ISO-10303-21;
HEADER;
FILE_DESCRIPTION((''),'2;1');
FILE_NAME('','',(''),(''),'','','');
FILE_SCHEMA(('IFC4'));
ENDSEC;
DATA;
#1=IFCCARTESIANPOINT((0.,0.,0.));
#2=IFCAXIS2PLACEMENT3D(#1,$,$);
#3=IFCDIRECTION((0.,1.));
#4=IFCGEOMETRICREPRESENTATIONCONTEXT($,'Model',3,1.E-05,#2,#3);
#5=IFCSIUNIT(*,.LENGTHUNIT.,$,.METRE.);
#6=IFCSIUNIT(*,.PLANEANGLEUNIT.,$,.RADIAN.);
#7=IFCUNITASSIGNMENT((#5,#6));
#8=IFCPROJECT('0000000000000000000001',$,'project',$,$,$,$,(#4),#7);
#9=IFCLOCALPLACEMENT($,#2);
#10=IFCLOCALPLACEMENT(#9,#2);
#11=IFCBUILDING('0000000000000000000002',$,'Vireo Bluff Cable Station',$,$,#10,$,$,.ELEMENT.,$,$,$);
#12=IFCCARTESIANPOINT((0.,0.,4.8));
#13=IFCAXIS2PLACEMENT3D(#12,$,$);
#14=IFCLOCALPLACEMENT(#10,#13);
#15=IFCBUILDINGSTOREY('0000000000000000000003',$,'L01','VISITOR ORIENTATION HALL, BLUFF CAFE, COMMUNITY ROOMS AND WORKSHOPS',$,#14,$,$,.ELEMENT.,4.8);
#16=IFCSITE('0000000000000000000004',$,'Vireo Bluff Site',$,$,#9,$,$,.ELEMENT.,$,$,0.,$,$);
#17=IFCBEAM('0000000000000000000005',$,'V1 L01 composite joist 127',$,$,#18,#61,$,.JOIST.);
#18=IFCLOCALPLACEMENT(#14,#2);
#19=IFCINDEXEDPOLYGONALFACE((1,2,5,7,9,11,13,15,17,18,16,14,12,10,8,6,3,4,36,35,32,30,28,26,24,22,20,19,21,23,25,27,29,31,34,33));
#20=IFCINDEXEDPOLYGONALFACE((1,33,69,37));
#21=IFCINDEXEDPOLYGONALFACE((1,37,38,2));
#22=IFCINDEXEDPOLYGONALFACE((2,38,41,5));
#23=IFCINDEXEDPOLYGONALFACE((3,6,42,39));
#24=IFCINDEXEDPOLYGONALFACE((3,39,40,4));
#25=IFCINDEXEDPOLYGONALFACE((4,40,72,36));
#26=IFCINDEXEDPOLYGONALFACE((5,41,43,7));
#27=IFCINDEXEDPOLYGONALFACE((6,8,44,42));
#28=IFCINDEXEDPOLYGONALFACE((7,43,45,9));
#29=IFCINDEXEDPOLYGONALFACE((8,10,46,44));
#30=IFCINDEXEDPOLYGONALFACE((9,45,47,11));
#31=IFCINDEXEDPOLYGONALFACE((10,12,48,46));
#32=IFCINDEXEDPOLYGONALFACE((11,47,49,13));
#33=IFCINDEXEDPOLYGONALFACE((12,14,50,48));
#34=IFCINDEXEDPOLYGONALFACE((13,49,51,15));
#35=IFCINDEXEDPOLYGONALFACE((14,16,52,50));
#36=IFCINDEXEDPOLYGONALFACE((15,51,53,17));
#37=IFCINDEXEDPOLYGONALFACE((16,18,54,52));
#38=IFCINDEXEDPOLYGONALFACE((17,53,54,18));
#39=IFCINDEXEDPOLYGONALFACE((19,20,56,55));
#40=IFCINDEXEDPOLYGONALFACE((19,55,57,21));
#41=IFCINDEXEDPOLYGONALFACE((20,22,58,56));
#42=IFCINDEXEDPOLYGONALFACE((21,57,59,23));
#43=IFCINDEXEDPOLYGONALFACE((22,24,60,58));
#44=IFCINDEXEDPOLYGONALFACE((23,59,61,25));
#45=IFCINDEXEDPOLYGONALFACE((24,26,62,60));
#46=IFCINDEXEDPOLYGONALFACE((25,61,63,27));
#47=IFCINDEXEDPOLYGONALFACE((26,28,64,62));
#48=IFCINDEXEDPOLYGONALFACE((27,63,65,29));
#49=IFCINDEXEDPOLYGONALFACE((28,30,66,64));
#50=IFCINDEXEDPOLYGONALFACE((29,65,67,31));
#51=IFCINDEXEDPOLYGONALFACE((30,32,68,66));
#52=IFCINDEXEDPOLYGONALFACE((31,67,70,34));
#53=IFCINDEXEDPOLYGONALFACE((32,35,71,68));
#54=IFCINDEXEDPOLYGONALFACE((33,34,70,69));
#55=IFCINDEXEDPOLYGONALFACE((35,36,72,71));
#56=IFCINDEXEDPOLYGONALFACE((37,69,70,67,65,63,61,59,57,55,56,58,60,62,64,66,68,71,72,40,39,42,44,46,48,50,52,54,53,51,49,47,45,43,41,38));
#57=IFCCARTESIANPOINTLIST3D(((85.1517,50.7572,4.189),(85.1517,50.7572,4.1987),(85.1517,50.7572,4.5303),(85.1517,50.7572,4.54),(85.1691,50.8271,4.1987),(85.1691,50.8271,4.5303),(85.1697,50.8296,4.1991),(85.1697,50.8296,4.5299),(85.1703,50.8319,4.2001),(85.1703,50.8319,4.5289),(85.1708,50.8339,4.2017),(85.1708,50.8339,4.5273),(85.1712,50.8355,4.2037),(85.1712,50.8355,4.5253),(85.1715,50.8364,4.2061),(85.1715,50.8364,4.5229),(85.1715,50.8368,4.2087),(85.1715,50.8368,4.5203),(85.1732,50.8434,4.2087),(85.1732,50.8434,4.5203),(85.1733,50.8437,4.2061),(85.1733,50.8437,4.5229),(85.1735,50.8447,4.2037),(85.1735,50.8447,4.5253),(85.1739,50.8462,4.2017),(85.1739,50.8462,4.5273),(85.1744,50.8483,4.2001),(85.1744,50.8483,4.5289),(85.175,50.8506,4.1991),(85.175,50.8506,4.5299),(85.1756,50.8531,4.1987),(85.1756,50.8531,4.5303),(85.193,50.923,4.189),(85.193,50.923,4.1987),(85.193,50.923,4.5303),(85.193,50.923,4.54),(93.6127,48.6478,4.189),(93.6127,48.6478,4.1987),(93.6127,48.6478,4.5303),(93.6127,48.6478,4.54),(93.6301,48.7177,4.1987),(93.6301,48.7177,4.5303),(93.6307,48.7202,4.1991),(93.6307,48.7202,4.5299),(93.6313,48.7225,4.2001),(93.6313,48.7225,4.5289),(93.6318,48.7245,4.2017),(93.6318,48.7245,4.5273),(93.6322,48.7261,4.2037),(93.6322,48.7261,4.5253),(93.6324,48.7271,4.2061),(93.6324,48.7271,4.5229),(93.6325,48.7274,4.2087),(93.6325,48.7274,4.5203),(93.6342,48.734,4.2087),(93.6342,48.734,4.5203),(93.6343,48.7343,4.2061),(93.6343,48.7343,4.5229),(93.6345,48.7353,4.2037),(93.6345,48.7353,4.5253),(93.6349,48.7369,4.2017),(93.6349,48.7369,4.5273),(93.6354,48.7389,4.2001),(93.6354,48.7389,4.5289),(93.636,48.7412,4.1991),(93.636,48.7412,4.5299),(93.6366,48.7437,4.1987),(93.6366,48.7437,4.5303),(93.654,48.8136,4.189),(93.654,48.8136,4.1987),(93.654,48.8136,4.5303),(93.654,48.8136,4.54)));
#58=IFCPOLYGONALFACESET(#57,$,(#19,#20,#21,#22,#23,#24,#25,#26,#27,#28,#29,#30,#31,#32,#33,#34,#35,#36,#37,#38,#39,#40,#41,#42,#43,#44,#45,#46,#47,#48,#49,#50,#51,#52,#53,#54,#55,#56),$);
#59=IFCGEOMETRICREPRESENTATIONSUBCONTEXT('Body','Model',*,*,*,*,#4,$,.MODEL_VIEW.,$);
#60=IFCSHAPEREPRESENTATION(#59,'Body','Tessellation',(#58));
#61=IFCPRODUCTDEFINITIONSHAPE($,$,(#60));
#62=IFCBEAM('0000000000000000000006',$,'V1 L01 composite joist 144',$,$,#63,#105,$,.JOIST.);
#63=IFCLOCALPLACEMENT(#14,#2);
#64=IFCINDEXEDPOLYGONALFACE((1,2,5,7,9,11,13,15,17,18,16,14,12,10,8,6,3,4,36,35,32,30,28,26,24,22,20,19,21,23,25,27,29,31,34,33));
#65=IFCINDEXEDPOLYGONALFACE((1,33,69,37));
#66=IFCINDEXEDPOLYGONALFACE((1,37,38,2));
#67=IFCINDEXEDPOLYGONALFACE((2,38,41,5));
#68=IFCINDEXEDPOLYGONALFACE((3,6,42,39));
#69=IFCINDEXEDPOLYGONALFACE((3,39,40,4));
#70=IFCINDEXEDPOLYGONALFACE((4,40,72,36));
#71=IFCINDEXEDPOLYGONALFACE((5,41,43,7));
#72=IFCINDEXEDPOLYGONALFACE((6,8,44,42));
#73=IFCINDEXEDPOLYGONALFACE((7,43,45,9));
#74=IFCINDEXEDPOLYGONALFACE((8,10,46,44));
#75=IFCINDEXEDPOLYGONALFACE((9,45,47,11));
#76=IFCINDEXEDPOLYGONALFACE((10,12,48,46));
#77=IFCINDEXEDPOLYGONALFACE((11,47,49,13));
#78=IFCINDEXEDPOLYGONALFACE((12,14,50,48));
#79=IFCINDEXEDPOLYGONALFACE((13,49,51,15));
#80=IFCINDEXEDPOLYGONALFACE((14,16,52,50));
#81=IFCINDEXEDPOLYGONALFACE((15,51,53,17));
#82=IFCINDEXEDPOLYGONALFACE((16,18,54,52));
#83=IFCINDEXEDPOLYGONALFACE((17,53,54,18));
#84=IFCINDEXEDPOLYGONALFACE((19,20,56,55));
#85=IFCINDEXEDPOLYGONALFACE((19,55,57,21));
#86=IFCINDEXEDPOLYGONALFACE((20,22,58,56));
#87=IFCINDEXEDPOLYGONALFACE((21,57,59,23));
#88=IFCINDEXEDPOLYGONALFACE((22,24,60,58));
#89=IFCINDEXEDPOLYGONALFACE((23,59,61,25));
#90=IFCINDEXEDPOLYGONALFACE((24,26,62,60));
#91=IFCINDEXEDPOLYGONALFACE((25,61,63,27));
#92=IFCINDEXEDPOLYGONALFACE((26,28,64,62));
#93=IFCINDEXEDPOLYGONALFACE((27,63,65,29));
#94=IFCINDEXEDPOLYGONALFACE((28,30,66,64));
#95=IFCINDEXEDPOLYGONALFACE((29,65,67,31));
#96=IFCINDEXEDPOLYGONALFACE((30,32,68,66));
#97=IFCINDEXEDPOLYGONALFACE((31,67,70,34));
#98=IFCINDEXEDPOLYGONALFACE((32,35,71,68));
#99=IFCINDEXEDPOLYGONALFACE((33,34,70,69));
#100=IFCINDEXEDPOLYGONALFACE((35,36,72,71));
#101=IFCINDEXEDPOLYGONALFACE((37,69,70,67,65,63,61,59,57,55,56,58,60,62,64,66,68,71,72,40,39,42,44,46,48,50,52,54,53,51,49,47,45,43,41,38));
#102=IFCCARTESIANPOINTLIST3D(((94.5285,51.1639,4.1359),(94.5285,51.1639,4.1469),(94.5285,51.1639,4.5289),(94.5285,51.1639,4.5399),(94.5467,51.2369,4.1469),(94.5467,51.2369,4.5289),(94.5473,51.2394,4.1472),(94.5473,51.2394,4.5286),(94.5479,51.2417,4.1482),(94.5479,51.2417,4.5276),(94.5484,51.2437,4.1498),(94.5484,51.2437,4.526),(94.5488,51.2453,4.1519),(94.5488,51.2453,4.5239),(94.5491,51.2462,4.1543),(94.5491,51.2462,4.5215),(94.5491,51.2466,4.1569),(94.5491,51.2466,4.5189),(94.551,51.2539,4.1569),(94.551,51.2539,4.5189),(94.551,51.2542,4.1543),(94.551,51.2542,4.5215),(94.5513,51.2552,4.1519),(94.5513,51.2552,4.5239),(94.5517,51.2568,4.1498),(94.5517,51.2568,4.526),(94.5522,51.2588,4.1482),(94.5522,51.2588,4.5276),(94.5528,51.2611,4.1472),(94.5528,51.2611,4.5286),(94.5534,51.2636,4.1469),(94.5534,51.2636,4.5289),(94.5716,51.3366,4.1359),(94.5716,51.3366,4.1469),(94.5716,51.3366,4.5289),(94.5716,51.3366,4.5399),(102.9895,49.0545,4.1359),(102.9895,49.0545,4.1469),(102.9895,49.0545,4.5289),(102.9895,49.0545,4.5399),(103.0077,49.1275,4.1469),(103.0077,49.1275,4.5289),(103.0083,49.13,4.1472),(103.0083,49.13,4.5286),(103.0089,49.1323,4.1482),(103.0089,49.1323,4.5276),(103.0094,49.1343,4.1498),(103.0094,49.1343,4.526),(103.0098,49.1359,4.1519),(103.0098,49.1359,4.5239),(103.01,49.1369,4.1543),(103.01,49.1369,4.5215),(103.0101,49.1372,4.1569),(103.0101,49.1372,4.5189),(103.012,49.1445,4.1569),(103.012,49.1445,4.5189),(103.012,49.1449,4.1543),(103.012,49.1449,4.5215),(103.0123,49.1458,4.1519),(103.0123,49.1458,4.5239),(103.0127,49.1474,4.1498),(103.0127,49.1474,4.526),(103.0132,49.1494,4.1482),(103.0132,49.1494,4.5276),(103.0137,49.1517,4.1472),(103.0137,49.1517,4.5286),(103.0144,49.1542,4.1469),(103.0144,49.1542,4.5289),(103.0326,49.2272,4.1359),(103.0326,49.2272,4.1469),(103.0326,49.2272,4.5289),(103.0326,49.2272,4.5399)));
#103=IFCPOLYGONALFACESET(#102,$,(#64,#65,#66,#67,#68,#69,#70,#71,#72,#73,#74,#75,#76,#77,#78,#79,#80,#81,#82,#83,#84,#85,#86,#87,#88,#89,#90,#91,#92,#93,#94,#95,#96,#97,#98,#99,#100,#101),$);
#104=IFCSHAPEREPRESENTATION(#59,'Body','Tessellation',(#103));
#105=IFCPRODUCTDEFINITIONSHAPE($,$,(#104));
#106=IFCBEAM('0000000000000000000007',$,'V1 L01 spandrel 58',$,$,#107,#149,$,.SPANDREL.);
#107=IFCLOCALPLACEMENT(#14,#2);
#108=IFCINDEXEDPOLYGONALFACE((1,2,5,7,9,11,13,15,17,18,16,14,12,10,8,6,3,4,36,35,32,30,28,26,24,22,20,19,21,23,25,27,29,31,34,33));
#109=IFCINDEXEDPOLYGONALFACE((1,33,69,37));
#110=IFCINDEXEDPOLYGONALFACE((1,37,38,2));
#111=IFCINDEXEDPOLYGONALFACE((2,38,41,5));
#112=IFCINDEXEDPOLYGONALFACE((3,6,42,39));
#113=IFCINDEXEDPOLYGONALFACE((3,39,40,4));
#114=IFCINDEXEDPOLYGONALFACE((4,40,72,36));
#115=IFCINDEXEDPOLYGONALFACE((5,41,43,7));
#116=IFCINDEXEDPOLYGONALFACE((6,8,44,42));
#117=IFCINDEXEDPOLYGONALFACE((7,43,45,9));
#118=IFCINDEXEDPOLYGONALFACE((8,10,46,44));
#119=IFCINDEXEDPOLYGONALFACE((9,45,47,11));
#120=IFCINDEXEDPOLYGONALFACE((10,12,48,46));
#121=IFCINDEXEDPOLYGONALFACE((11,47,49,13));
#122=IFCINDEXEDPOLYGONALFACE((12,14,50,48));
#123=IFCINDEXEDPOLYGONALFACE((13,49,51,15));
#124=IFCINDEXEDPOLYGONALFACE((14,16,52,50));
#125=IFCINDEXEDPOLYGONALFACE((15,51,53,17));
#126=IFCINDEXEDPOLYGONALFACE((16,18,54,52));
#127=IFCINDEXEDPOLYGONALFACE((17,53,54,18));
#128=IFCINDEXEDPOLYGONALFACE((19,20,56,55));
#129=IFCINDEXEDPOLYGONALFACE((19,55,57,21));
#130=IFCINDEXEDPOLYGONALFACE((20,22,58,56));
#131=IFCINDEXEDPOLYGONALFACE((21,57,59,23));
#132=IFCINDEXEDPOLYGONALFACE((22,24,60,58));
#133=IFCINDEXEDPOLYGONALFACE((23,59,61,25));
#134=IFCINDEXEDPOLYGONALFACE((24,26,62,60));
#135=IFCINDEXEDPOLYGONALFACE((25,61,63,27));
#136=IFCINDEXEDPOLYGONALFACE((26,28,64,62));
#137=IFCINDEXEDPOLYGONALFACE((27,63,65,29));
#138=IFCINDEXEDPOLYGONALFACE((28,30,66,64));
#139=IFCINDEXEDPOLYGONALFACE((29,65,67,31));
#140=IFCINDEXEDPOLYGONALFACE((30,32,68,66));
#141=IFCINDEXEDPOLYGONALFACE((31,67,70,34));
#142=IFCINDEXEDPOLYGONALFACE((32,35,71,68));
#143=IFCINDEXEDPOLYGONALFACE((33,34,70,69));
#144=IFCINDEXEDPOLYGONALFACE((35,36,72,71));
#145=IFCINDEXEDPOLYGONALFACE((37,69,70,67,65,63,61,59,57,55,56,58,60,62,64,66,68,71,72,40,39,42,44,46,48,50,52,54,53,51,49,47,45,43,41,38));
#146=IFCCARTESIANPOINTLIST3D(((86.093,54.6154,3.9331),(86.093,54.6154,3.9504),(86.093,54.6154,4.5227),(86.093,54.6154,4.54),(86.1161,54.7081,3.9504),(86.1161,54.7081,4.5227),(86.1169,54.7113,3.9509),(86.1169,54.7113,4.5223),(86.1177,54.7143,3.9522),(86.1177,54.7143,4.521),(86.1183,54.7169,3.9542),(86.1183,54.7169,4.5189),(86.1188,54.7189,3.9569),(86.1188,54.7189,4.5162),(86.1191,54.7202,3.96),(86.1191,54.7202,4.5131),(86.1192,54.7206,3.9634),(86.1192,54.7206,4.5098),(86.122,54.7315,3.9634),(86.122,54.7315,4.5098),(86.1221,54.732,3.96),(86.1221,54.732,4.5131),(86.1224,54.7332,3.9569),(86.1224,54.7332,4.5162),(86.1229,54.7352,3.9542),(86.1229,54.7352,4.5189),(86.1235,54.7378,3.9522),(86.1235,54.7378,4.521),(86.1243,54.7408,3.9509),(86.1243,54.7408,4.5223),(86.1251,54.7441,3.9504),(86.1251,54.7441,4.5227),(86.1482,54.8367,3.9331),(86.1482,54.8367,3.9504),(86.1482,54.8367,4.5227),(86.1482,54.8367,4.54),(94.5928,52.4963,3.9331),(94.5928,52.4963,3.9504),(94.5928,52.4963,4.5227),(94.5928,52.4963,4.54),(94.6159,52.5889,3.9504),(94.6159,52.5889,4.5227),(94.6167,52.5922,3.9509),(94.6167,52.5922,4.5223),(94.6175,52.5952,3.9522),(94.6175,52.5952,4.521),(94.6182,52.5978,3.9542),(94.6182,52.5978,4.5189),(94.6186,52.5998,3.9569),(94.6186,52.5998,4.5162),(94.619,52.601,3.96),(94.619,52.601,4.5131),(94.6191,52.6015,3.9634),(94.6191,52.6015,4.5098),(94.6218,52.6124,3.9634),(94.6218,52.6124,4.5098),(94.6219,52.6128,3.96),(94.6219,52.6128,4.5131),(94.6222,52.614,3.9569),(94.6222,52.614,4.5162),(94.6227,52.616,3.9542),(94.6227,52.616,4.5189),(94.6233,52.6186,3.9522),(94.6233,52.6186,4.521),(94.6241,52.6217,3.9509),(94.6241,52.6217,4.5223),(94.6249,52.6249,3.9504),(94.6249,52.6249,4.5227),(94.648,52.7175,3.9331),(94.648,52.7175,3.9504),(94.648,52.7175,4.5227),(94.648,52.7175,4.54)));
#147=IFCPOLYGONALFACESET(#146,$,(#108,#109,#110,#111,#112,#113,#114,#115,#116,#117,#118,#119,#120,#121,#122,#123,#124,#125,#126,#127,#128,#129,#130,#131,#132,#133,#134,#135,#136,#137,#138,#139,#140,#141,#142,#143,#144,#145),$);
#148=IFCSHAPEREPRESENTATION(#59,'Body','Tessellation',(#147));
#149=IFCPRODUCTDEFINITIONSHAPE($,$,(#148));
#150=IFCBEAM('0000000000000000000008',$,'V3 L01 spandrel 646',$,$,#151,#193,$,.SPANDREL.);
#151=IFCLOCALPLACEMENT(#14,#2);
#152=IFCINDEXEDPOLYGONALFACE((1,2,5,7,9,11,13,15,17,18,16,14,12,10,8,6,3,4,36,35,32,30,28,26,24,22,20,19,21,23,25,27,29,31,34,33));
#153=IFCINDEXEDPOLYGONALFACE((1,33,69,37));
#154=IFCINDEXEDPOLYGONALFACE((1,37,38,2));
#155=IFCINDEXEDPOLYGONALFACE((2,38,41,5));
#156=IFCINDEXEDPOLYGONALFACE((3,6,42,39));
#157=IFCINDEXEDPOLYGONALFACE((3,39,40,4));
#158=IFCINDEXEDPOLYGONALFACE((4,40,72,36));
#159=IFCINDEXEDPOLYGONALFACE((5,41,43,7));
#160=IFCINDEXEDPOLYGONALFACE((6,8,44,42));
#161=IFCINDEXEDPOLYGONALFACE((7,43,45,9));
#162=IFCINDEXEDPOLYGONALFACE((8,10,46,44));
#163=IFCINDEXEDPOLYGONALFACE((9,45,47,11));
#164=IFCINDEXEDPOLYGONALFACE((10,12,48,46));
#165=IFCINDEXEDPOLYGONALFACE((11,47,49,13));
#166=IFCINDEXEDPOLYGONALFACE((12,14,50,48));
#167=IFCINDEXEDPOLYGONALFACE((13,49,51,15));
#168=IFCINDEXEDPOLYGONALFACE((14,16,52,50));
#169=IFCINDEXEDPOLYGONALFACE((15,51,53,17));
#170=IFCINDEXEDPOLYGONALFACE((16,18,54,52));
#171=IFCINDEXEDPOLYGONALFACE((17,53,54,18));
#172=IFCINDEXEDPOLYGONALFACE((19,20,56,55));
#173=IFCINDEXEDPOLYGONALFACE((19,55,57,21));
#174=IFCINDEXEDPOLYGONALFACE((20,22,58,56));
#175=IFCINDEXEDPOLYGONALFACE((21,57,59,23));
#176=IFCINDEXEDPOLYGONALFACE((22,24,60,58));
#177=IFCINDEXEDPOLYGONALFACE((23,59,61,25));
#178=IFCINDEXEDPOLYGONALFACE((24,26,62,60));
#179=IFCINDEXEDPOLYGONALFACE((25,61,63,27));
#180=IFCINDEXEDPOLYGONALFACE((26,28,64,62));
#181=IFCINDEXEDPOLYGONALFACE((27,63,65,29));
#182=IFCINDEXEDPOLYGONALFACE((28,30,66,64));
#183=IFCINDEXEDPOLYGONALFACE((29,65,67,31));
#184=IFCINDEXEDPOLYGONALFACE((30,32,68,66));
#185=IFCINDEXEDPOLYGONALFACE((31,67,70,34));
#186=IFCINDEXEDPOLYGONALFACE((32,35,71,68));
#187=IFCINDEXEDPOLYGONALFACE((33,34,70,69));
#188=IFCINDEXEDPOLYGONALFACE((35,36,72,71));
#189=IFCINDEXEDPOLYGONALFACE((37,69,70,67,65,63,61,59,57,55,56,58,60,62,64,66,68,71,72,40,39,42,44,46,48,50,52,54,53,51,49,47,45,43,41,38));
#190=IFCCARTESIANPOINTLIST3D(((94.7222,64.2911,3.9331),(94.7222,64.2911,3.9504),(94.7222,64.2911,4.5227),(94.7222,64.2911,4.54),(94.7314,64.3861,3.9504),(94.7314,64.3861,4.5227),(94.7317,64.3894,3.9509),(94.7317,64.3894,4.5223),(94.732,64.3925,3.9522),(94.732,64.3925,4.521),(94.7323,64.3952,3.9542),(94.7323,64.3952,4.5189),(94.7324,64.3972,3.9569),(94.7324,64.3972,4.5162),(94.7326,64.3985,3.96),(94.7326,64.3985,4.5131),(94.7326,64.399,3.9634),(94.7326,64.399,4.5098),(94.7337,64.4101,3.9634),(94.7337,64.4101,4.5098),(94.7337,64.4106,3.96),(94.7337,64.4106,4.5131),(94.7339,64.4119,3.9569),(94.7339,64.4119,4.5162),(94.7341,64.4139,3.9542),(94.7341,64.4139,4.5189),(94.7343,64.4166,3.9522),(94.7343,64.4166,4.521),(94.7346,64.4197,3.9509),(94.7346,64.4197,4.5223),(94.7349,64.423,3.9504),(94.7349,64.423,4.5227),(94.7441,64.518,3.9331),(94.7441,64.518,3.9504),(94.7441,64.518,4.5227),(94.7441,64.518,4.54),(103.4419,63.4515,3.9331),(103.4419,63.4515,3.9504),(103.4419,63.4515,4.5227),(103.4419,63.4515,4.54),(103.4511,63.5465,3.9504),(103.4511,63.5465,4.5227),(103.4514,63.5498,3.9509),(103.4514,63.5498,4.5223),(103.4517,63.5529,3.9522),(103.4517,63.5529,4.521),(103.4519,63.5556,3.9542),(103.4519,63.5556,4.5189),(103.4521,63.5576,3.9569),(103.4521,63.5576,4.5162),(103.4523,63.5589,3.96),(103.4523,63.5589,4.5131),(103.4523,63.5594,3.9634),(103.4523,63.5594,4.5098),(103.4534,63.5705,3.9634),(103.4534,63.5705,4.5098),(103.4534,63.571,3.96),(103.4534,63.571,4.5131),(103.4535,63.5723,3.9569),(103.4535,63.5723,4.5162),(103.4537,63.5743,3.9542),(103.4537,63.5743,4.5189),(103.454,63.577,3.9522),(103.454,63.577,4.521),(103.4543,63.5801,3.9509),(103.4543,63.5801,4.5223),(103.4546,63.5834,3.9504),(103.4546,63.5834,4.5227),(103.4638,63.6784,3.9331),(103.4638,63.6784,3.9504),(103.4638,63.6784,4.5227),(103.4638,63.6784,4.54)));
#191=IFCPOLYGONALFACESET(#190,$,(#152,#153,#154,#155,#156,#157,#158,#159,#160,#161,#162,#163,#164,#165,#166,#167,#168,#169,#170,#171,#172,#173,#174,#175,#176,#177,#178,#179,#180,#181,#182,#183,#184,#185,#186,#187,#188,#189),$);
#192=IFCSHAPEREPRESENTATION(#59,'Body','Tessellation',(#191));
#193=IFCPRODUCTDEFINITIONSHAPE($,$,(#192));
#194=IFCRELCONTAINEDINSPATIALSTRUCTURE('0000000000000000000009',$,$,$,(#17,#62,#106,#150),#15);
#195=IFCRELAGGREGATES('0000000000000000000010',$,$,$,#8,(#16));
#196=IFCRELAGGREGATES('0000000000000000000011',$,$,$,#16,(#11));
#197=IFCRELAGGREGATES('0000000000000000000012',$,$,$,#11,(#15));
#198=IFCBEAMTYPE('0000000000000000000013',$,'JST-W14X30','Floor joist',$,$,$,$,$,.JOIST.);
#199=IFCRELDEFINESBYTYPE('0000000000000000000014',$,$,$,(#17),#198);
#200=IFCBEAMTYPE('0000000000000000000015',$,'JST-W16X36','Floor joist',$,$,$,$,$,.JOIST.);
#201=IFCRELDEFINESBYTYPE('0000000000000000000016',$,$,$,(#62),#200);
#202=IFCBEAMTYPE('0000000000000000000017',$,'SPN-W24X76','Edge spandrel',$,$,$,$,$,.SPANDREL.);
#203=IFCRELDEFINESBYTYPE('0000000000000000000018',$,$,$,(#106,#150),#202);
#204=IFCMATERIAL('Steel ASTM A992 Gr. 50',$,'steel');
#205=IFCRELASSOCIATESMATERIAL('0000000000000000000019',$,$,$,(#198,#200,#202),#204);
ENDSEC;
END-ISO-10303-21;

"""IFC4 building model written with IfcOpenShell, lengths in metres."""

from ifc_helpers import new_model, si_unit, direction, frame, origin, origin_2d, place, context, subcontext, project, spatial, i_section, extrude, material, material_profile, profile_set, type_object, element, save


model = new_model("IFC4")

# Units and contexts
model_context = context("Model", 3, precision=1e-05, world=origin(), true_north=direction((0.0, 1.0)))
body_context = subcontext(model_context, "Body", "Model", "MODEL_VIEW")
ifc_project = project(units=[si_unit("LENGTHUNIT", "METRE"), si_unit("PLANEANGLEUNIT", "RADIAN")], contexts=[model_context])

# Site, building, storey
site_placement = place(None, origin())
site = spatial("IfcSite", under=ifc_project, at=site_placement, Name="Vireo Bluff Site", CompositionType="ELEMENT", RefElevation=0.0)
building_placement = place(site_placement, origin())
building = spatial("IfcBuilding", under=site, at=building_placement, Name="Vireo Bluff Cable Station", CompositionType="ELEMENT")
storey_placement = place(building_placement, frame((0.0, 0.0, 4.8)))
storey = spatial("IfcBuildingStorey", under=building, at=storey_placement, Name="L01", Description="VISITOR ORIENTATION HALL, BLUFF CAFE, COMMUNITY ROOMS AND WORKSHOPS", CompositionType="ELEMENT", Elevation=4.8)

# Shared definitions
ifc_material_1 = material(Name="Steel ASTM A992 Gr. 50", Category="steel")

# Beams
ifc_material_profile_1 = material_profile(ifc_material_1, i_section(OverallWidth=0.1709, OverallDepth=0.3511, WebThickness=0.0068, FlangeThickness=0.0098, FilletRadius=0.01, at=origin_2d()), Name="W14X30")
ifc_profile_set_1 = profile_set([ifc_material_profile_1], Name="Steel ASTM A992 Gr. 50")
beam_type_1 = type_object("IfcBeamType", Name="JST-W14X30", Description="Floor joist", PredefinedType="JOIST", material=ifc_profile_set_1)
beam_1_placement = place(storey_placement, frame((85.1724, 50.8401, 4.3645), z_axis=(0.9703, -0.241903, 0.0), x_axis=(0.241903, 0.9703, 0.0)))
element("IfcBeam", 1, at=beam_1_placement, inside=storey, type_object=beam_type_1, Name="V1 L01 composite joist 127", PredefinedType="JOIST", context=body_context, shape_type="SweptSolid", body=[
    extrude(i_section(OverallWidth=0.1709, OverallDepth=0.3511, WebThickness=0.0068, FlangeThickness=0.0098, FilletRadius=0.01, at=origin_2d()), origin(), (0.0, 0.0, 1.0), 8.72),
])
ifc_material_profile_2 = material_profile(ifc_material_1, i_section(OverallWidth=0.178, OverallDepth=0.4041, WebThickness=0.0076, FlangeThickness=0.011, FilletRadius=0.01, at=origin_2d()), Name="W16X36")
ifc_profile_set_2 = profile_set([ifc_material_profile_2], Name="Steel ASTM A992 Gr. 50")
beam_type_2 = type_object("IfcBeamType", Name="JST-W16X36", Description="Floor joist", PredefinedType="JOIST", material=ifc_profile_set_2)
beam_2_placement = place(storey_placement, frame((94.55, 51.2502, 4.3379), z_axis=(0.9703, -0.241903, 0.0), x_axis=(0.241903, 0.9703, 0.0)))
element("IfcBeam", 2, at=beam_2_placement, inside=storey, type_object=beam_type_2, Name="V1 L01 composite joist 144", PredefinedType="JOIST", context=body_context, shape_type="SweptSolid", body=[
    extrude(i_section(OverallWidth=0.178, OverallDepth=0.4041, WebThickness=0.0076, FlangeThickness=0.011, FilletRadius=0.01, at=origin_2d()), origin(), (0.0, 0.0, 1.0), 8.72),
])
ifc_material_profile_3 = material_profile(ifc_material_1, i_section(OverallWidth=0.228, OverallDepth=0.6069, WebThickness=0.0112, FlangeThickness=0.0173, FilletRadius=0.0129, at=origin_2d()), Name="W24X76")
ifc_profile_set_3 = profile_set([ifc_material_profile_3], Name="Steel ASTM A992 Gr. 50")
beam_type_3 = type_object("IfcBeamType", Name="SPN-W24X76", Description="Edge spandrel", PredefinedType="SPANDREL", material=ifc_profile_set_3)
for number, where, z_axis, x_axis, name in (
    (3, (86.1206, 54.7261, 4.2366), (0.970298, -0.241913, 0.0), (0.241913, 0.970298, 0.0), "V1 L01 spandrel 58"),
    (4, (94.7332, 64.4045, 4.2366), (0.995396, -0.095844, 0.0), (0.095844, 0.995396, 0.0), "V3 L01 spandrel 646"),
):
    element("IfcBeam", number, at=place(storey_placement, frame(where, z_axis=z_axis, x_axis=x_axis)), inside=storey, type_object=beam_type_3, Name=name, PredefinedType="SPANDREL", context=body_context, shape_type="SweptSolid", body=[
        extrude(i_section(OverallWidth=0.228, OverallDepth=0.6069, WebThickness=0.0112, FlangeThickness=0.0173, FilletRadius=0.0129, at=origin_2d()), origin(), (0.0, 0.0, 1.0), 8.76),
    ])

save(model, "model.ifc")
